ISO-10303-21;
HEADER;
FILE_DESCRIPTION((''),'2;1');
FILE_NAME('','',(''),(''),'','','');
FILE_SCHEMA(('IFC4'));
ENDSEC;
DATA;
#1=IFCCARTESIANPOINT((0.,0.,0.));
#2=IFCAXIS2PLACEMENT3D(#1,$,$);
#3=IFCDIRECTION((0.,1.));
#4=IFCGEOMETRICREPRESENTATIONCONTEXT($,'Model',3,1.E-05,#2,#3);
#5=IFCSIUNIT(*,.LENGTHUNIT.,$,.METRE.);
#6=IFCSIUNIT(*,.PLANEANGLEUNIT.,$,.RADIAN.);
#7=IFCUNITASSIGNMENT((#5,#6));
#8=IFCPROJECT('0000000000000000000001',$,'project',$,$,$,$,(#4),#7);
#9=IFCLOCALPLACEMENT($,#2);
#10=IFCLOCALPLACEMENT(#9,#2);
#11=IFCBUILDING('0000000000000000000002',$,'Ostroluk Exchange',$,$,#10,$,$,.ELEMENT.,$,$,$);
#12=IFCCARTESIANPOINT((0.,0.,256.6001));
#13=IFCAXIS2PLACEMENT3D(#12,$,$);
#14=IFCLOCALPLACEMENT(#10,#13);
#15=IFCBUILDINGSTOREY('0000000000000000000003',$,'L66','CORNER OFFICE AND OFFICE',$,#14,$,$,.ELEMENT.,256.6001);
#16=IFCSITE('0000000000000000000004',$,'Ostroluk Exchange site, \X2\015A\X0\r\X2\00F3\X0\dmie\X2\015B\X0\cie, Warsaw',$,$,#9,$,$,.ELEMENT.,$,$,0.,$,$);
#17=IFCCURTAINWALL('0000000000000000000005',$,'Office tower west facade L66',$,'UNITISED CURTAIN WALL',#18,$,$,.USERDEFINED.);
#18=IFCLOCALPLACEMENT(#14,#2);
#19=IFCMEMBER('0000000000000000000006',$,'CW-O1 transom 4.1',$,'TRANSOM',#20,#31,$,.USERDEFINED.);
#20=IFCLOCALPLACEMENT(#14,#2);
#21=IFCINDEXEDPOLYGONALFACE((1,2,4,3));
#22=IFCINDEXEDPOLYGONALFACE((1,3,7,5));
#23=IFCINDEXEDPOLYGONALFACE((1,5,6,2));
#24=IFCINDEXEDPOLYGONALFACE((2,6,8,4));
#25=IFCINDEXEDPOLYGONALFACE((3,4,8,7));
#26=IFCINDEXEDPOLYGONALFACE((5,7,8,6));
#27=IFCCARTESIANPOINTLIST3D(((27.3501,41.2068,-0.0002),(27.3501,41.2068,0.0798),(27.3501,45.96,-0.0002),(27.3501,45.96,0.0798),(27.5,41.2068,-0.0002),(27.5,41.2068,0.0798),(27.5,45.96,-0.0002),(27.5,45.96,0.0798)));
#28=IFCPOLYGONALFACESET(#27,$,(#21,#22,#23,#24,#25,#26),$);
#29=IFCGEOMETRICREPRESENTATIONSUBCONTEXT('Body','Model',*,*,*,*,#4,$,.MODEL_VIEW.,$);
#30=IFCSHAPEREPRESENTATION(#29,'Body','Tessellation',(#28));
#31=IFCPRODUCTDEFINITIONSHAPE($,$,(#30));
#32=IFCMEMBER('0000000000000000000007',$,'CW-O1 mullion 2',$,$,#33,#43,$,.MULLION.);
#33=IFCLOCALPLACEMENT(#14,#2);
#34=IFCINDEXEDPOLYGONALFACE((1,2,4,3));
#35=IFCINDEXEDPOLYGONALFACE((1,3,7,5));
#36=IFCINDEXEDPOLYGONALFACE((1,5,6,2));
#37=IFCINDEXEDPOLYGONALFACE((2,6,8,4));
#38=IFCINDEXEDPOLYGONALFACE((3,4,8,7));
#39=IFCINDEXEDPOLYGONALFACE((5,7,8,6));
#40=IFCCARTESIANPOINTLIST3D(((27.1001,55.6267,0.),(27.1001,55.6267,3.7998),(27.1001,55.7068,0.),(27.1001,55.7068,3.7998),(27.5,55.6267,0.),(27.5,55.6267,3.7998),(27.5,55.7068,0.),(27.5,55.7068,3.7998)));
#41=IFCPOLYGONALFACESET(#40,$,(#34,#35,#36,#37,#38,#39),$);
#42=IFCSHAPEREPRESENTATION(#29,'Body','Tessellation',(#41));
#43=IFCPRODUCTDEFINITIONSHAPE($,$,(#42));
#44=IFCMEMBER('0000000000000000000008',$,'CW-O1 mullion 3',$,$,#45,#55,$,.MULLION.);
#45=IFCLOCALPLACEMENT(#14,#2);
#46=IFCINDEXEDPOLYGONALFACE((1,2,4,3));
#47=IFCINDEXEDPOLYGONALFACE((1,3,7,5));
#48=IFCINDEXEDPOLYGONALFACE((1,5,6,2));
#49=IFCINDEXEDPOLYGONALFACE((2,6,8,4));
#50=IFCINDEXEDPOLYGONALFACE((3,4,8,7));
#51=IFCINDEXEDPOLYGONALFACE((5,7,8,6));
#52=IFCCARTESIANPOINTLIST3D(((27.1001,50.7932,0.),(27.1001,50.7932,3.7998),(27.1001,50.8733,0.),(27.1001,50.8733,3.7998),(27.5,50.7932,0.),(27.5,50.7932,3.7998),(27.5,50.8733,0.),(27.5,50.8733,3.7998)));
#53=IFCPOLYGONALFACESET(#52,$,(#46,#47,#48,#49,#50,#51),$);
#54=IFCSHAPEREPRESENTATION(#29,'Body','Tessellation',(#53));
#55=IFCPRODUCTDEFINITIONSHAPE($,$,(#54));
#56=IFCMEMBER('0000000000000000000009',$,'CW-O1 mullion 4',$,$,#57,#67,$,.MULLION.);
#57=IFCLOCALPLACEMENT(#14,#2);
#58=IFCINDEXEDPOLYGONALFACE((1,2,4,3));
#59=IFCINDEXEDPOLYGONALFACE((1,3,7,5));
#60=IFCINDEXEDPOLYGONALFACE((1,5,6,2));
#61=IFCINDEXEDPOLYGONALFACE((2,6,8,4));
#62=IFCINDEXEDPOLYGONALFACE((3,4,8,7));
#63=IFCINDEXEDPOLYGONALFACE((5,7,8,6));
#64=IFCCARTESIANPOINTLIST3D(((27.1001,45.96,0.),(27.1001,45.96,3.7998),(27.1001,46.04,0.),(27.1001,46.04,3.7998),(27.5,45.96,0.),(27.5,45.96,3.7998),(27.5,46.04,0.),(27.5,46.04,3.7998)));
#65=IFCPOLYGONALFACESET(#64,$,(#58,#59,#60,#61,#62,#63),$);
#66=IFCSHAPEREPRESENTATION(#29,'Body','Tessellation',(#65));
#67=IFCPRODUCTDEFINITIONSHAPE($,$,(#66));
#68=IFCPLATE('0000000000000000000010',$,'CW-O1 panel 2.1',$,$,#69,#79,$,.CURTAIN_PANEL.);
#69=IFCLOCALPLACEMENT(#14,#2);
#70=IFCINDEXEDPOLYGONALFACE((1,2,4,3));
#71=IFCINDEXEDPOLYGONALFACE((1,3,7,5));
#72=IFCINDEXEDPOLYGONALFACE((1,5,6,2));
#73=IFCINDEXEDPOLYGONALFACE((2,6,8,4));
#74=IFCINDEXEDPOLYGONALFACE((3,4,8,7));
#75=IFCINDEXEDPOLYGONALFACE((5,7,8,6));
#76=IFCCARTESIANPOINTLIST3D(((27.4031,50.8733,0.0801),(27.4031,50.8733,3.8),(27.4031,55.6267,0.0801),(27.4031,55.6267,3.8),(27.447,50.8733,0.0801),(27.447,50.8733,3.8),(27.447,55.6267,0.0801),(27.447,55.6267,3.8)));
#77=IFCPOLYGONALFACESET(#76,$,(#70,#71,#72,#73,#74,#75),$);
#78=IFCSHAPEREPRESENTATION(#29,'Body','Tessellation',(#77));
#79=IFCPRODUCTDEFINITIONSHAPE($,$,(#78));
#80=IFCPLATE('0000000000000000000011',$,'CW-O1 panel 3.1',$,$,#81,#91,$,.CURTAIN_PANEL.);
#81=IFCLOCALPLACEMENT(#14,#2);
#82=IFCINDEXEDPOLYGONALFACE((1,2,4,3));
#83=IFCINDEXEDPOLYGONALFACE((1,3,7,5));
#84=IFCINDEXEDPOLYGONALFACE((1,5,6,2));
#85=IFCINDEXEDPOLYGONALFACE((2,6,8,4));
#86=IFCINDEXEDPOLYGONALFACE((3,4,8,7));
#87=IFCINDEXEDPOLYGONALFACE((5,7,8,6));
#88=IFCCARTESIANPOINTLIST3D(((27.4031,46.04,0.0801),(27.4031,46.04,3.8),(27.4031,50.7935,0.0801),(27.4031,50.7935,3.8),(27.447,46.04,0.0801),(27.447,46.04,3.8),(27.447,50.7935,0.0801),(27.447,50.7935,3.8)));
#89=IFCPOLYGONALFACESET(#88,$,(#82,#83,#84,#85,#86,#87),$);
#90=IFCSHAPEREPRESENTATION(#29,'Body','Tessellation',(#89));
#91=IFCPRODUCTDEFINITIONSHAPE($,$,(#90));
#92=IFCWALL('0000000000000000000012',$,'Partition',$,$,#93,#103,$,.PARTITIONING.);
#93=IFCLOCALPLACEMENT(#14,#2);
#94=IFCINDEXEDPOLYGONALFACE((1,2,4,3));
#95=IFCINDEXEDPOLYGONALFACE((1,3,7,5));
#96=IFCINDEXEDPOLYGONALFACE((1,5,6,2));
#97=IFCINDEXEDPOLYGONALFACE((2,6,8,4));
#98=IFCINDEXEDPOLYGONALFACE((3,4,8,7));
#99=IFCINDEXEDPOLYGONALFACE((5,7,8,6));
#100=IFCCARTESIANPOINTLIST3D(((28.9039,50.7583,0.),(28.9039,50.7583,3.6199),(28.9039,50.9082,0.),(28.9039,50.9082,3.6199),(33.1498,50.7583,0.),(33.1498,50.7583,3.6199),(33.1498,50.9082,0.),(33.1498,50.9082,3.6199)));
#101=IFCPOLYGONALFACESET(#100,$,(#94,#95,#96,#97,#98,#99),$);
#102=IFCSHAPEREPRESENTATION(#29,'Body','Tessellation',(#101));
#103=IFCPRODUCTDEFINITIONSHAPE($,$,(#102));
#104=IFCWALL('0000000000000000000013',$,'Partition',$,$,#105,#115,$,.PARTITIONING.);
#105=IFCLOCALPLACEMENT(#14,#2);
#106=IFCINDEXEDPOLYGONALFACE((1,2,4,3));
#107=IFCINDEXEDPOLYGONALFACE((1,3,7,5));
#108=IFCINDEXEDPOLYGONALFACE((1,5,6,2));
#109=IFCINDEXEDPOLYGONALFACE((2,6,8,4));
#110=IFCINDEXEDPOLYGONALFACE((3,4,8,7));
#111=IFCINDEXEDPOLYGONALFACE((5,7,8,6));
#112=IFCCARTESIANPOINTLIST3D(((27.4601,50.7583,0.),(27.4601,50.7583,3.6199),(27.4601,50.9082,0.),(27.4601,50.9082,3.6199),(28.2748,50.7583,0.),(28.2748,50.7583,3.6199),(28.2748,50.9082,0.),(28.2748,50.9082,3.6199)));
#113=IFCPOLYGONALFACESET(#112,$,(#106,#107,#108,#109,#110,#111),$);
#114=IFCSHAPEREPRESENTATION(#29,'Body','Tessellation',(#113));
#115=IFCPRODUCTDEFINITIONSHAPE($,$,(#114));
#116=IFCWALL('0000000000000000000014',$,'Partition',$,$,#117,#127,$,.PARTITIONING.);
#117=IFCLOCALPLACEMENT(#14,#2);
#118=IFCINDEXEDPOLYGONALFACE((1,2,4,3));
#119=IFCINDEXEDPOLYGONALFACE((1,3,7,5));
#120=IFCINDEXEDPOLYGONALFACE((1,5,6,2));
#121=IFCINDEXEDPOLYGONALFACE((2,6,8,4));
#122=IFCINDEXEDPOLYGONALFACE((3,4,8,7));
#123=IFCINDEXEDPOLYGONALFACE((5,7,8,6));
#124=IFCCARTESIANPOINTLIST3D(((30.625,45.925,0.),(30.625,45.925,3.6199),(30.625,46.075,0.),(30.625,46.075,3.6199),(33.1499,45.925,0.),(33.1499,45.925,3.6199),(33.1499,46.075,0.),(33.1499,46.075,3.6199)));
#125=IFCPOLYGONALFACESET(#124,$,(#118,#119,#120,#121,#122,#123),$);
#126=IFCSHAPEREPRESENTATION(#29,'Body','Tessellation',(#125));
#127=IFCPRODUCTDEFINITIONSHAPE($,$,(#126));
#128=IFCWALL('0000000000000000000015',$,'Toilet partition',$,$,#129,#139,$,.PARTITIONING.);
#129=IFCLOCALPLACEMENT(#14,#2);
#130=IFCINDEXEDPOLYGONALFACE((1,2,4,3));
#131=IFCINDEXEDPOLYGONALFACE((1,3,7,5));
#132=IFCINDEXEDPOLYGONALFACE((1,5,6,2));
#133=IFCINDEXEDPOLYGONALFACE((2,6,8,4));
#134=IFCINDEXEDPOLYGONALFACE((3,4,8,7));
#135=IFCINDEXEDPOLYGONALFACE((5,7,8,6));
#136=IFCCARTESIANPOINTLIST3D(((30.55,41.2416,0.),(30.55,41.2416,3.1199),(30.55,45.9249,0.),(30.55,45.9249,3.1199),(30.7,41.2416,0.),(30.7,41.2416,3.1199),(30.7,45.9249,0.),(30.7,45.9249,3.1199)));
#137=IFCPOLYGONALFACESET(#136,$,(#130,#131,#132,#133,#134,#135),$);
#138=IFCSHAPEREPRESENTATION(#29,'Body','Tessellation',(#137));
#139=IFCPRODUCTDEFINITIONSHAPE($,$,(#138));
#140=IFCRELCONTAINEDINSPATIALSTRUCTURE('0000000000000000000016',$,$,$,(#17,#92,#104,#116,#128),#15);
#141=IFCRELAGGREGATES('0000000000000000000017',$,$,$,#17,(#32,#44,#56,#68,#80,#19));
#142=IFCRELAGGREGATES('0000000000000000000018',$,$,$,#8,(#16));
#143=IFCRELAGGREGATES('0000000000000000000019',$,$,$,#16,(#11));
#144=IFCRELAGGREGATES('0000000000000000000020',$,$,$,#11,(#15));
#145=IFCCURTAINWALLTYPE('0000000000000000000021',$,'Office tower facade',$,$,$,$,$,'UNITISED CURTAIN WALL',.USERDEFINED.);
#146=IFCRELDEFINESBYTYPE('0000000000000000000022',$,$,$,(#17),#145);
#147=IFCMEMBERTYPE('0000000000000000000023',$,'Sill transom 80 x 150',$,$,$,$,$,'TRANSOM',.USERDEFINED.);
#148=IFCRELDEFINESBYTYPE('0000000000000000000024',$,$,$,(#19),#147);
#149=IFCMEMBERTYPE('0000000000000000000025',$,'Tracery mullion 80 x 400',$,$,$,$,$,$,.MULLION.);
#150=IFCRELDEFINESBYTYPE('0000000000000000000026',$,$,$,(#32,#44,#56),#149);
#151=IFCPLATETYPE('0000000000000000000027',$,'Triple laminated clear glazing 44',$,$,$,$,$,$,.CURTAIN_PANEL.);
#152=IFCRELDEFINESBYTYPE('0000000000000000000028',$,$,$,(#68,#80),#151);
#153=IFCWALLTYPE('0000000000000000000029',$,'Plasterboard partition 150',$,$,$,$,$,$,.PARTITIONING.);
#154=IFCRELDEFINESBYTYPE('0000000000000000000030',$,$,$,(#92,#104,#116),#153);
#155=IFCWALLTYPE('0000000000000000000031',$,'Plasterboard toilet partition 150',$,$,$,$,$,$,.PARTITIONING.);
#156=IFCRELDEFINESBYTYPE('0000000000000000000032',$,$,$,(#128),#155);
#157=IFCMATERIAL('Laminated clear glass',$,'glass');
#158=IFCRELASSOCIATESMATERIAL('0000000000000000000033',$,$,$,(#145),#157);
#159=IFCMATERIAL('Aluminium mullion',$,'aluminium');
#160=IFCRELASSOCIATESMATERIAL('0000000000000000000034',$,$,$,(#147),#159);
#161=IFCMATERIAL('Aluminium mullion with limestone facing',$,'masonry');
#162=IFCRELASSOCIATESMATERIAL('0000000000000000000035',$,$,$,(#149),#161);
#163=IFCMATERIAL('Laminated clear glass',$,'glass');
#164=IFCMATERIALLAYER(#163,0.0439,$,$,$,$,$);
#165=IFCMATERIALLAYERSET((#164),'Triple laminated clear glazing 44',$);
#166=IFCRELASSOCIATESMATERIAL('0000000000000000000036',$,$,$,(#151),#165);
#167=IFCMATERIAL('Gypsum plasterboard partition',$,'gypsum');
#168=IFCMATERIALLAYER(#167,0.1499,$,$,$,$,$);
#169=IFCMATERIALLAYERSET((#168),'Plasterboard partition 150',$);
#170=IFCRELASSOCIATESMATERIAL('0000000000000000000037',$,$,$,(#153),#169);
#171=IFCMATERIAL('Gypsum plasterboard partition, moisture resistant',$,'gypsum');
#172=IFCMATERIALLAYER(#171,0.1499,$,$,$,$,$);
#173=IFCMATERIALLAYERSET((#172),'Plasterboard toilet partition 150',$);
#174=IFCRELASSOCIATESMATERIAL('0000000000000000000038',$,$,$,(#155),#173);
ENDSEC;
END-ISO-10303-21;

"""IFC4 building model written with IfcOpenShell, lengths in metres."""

from ifc_helpers import new_model, si_unit, direction, frame, frame_2d, origin, origin_2d, place, context, subcontext, project, spatial, rectangle, extrude, material, layer, layer_set, material_profile, profile_set, type_object, element, aggregate, save


model = new_model("IFC4")

# Units and contexts
model_context = context("Model", 3, precision=1e-05, world=origin(), true_north=direction((0.0, 1.0)))
body_context = subcontext(model_context, "Body", "Model", "MODEL_VIEW")
ifc_project = project(units=[si_unit("LENGTHUNIT", "METRE"), si_unit("PLANEANGLEUNIT", "RADIAN")], contexts=[model_context])

# Site, building, storey
site_placement = place(None, origin())
site = spatial("IfcSite", under=ifc_project, at=site_placement, Name="Ostroluk Exchange site, Śródmieście, Warsaw", CompositionType="ELEMENT", RefElevation=0.0)
building_placement = place(site_placement, origin())
building = spatial("IfcBuilding", under=site, at=building_placement, Name="Ostroluk Exchange", CompositionType="ELEMENT")
storey_placement = place(building_placement, frame((0.0, 0.0, 256.6001)))
storey = spatial("IfcBuildingStorey", under=building, at=storey_placement, Name="L66", Description="CORNER OFFICE AND OFFICE", CompositionType="ELEMENT", Elevation=256.6001)

# Curtain wall, members, plates
ifc_material_1 = material(Name="Laminated clear glass", Category="glass")
curtain_wall_type = type_object("IfcCurtainWallType", Name="Office tower facade", ElementType="UNITISED CURTAIN WALL", PredefinedType="USERDEFINED", material=ifc_material_1)
curtain_wall_placement = place(storey_placement, origin())
curtain_wall = element("IfcCurtainWall", 1, at=curtain_wall_placement, inside=storey, type_object=curtain_wall_type, Name="Office tower west facade L66", ObjectType="UNITISED CURTAIN WALL", PredefinedType="USERDEFINED")
ifc_material_2 = material(Name="Aluminium mullion", Category="aluminium")
ifc_material_profile_1 = material_profile(ifc_material_2, rectangle(XDim=0.1499, YDim=0.0801, at=origin_2d()), Name="Sill transom 80 x 150")
ifc_profile_set_1 = profile_set([ifc_material_profile_1], Name="Aluminium mullion")
member_type_1 = type_object("IfcMemberType", Name="Sill transom 80 x 150", ElementType="TRANSOM", PredefinedType="USERDEFINED", material=ifc_profile_set_1)
member_1_placement = place(storey_placement, frame((27.425, 45.96, 0.0398), z_axis=(0.0, -1.0, 0.0), x_axis=(1.0, 0.0, 0.0)))
member_1 = element("IfcMember", 2, at=member_1_placement, type_object=member_type_1, Name="CW-O1 transom 4.1", ObjectType="TRANSOM", PredefinedType="USERDEFINED", context=body_context, shape_type="SweptSolid", body=[
    extrude(rectangle(XDim=0.1499, YDim=0.0801, at=origin_2d()), origin(), (0.0, 0.0, 1.0), 4.7532),
])
ifc_material_3 = material(Name="Aluminium mullion with limestone facing", Category="masonry")
ifc_material_profile_2 = material_profile(ifc_material_3, rectangle(XDim=0.3999, YDim=0.0801, at=origin_2d()), Name="Tracery mullion 80 x 400")
ifc_profile_set_2 = profile_set([ifc_material_profile_2], Name="Aluminium mullion with limestone facing")
member_type_2 = type_object("IfcMemberType", Name="Tracery mullion 80 x 400", PredefinedType="MULLION", material=ifc_profile_set_2)
member_2_placement = place(storey_placement, frame((27.3, 55.6667, 0.0), z_axis=(0.0, 0.0, 1.0), x_axis=(1.0, 0.0, 0.0)))
member_2 = element("IfcMember", 3, at=member_2_placement, type_object=member_type_2, Name="CW-O1 mullion 2", PredefinedType="MULLION", context=body_context, shape_type="SweptSolid", body=[
    extrude(rectangle(XDim=0.3999, YDim=0.0801, at=origin_2d()), origin(), (0.0, 0.0, 1.0), 3.7998),
])
member_3_placement = place(storey_placement, frame((27.3, 50.8333, 0.0), z_axis=(0.0, 0.0, 1.0), x_axis=(1.0, 0.0, 0.0)))
member_3 = element("IfcMember", 4, at=member_3_placement, type_object=member_type_2, Name="CW-O1 mullion 3", PredefinedType="MULLION", context=body_context, shape_type="SweptSolid", body=[
    extrude(rectangle(XDim=0.3999, YDim=0.0801, at=origin_2d()), origin(), (0.0, 0.0, 1.0), 3.7998),
])
member_4_placement = place(storey_placement, frame((27.3, 46.0, 0.0), z_axis=(0.0, 0.0, 1.0), x_axis=(1.0, 0.0, 0.0)))
member_4 = element("IfcMember", 5, at=member_4_placement, type_object=member_type_2, Name="CW-O1 mullion 4", PredefinedType="MULLION", context=body_context, shape_type="SweptSolid", body=[
    extrude(rectangle(XDim=0.3999, YDim=0.0801, at=origin_2d()), origin(), (0.0, 0.0, 1.0), 3.7998),
])
ifc_material_4 = material(Name="Laminated clear glass", Category="glass")
ifc_layer_1 = layer(ifc_material_4, 0.0439)
ifc_layer_set_1 = layer_set([ifc_layer_1], Name="Triple laminated clear glazing 44")
plate_type = type_object("IfcPlateType", Name="Triple laminated clear glazing 44", PredefinedType="CURTAIN_PANEL", material=ifc_layer_set_1)
plate_1_placement = place(storey_placement, frame((27.425, 53.25, 0.0801), z_axis=(0.0, 0.0, 1.0), x_axis=(0.0, -1.0, 0.0)))
plate_1 = element("IfcPlate", 6, at=plate_1_placement, type_object=plate_type, Name="CW-O1 panel 2.1", PredefinedType="CURTAIN_PANEL", context=body_context, shape_type="SweptSolid", body=[
    extrude(rectangle(XDim=4.7534, YDim=0.0439, at=origin_2d()), origin(), (0.0, 0.0, 1.0), 3.72),
])
plate_2_placement = place(storey_placement, frame((27.425, 48.4167, 0.0801), z_axis=(0.0, 0.0, 1.0), x_axis=(0.0, -1.0, 0.0)))
plate_2 = element("IfcPlate", 7, at=plate_2_placement, type_object=plate_type, Name="CW-O1 panel 3.1", PredefinedType="CURTAIN_PANEL", context=body_context, shape_type="SweptSolid", body=[
    extrude(rectangle(XDim=4.7534, YDim=0.0439, at=origin_2d()), origin(), (0.0, 0.0, 1.0), 3.72),
])
aggregate(curtain_wall, [member_2, member_3, member_4, plate_1, plate_2, member_1])

# Walls
ifc_material_5 = material(Name="Gypsum plasterboard partition", Category="gypsum")
ifc_layer_2 = layer(ifc_material_5, 0.1499)
ifc_layer_set_2 = layer_set([ifc_layer_2], Name="Plasterboard partition 150")
wall_type_1 = type_object("IfcWallType", Name="Plasterboard partition 150", PredefinedType="PARTITIONING", material=ifc_layer_set_2)
wall_1_placement = place(storey_placement, frame((33.1499, 50.8333, 0.0), z_axis=(0.0, 0.0, 1.0), x_axis=(-1.0, 0.0, 0.0)))
element("IfcWall", 8, at=wall_1_placement, inside=storey, type_object=wall_type_1, Name="Partition", PredefinedType="PARTITIONING", context=body_context, shape_type="SweptSolid", body=[
    extrude(rectangle(XDim=4.2458, YDim=0.1499, at=frame_2d((2.123, 0.0))), origin(), (0.0, 0.0, 1.0), 3.6199),
])
wall_2_placement = place(storey_placement, frame((28.2747, 50.8333, 0.0), z_axis=(0.0, 0.0, 1.0), x_axis=(-1.0, 0.0, 0.0)))
element("IfcWall", 9, at=wall_2_placement, inside=storey, type_object=wall_type_1, Name="Partition", PredefinedType="PARTITIONING", context=body_context, shape_type="SweptSolid", body=[
    extrude(rectangle(XDim=0.8147, YDim=0.1499, at=frame_2d((0.4072, 0.0))), origin(), (0.0, 0.0, 1.0), 3.6199),
])
wall_3_placement = place(storey_placement, frame((33.1499, 46.0, 0.0), z_axis=(0.0, 0.0, 1.0), x_axis=(-1.0, 0.0, 0.0)))
element("IfcWall", 10, at=wall_3_placement, inside=storey, type_object=wall_type_1, Name="Partition", PredefinedType="PARTITIONING", context=body_context, shape_type="SweptSolid", body=[
    extrude(rectangle(XDim=2.5249, YDim=0.1499, at=frame_2d((1.2625, 0.0))), origin(), (0.0, 0.0, 1.0), 3.6199),
])
ifc_material_6 = material(Name="Gypsum plasterboard partition, moisture resistant", Category="gypsum")
ifc_layer_3 = layer(ifc_material_6, 0.1499)
ifc_layer_set_3 = layer_set([ifc_layer_3], Name="Plasterboard toilet partition 150")
wall_type_2 = type_object("IfcWallType", Name="Plasterboard toilet partition 150", PredefinedType="PARTITIONING", material=ifc_layer_set_3)
wall_4_placement = place(storey_placement, frame((30.625, 45.925, 0.0), z_axis=(0.0, 0.0, 1.0), x_axis=(0.0, -1.0, 0.0)))
element("IfcWall", 11, at=wall_4_placement, inside=storey, type_object=wall_type_2, Name="Toilet partition", PredefinedType="PARTITIONING", context=body_context, shape_type="SweptSolid", body=[
    extrude(rectangle(XDim=4.6833, YDim=0.1499, at=frame_2d((2.3418, 0.0))), origin(), (0.0, 0.0, 1.0), 3.1199),
])

save(model, "model.ifc")
